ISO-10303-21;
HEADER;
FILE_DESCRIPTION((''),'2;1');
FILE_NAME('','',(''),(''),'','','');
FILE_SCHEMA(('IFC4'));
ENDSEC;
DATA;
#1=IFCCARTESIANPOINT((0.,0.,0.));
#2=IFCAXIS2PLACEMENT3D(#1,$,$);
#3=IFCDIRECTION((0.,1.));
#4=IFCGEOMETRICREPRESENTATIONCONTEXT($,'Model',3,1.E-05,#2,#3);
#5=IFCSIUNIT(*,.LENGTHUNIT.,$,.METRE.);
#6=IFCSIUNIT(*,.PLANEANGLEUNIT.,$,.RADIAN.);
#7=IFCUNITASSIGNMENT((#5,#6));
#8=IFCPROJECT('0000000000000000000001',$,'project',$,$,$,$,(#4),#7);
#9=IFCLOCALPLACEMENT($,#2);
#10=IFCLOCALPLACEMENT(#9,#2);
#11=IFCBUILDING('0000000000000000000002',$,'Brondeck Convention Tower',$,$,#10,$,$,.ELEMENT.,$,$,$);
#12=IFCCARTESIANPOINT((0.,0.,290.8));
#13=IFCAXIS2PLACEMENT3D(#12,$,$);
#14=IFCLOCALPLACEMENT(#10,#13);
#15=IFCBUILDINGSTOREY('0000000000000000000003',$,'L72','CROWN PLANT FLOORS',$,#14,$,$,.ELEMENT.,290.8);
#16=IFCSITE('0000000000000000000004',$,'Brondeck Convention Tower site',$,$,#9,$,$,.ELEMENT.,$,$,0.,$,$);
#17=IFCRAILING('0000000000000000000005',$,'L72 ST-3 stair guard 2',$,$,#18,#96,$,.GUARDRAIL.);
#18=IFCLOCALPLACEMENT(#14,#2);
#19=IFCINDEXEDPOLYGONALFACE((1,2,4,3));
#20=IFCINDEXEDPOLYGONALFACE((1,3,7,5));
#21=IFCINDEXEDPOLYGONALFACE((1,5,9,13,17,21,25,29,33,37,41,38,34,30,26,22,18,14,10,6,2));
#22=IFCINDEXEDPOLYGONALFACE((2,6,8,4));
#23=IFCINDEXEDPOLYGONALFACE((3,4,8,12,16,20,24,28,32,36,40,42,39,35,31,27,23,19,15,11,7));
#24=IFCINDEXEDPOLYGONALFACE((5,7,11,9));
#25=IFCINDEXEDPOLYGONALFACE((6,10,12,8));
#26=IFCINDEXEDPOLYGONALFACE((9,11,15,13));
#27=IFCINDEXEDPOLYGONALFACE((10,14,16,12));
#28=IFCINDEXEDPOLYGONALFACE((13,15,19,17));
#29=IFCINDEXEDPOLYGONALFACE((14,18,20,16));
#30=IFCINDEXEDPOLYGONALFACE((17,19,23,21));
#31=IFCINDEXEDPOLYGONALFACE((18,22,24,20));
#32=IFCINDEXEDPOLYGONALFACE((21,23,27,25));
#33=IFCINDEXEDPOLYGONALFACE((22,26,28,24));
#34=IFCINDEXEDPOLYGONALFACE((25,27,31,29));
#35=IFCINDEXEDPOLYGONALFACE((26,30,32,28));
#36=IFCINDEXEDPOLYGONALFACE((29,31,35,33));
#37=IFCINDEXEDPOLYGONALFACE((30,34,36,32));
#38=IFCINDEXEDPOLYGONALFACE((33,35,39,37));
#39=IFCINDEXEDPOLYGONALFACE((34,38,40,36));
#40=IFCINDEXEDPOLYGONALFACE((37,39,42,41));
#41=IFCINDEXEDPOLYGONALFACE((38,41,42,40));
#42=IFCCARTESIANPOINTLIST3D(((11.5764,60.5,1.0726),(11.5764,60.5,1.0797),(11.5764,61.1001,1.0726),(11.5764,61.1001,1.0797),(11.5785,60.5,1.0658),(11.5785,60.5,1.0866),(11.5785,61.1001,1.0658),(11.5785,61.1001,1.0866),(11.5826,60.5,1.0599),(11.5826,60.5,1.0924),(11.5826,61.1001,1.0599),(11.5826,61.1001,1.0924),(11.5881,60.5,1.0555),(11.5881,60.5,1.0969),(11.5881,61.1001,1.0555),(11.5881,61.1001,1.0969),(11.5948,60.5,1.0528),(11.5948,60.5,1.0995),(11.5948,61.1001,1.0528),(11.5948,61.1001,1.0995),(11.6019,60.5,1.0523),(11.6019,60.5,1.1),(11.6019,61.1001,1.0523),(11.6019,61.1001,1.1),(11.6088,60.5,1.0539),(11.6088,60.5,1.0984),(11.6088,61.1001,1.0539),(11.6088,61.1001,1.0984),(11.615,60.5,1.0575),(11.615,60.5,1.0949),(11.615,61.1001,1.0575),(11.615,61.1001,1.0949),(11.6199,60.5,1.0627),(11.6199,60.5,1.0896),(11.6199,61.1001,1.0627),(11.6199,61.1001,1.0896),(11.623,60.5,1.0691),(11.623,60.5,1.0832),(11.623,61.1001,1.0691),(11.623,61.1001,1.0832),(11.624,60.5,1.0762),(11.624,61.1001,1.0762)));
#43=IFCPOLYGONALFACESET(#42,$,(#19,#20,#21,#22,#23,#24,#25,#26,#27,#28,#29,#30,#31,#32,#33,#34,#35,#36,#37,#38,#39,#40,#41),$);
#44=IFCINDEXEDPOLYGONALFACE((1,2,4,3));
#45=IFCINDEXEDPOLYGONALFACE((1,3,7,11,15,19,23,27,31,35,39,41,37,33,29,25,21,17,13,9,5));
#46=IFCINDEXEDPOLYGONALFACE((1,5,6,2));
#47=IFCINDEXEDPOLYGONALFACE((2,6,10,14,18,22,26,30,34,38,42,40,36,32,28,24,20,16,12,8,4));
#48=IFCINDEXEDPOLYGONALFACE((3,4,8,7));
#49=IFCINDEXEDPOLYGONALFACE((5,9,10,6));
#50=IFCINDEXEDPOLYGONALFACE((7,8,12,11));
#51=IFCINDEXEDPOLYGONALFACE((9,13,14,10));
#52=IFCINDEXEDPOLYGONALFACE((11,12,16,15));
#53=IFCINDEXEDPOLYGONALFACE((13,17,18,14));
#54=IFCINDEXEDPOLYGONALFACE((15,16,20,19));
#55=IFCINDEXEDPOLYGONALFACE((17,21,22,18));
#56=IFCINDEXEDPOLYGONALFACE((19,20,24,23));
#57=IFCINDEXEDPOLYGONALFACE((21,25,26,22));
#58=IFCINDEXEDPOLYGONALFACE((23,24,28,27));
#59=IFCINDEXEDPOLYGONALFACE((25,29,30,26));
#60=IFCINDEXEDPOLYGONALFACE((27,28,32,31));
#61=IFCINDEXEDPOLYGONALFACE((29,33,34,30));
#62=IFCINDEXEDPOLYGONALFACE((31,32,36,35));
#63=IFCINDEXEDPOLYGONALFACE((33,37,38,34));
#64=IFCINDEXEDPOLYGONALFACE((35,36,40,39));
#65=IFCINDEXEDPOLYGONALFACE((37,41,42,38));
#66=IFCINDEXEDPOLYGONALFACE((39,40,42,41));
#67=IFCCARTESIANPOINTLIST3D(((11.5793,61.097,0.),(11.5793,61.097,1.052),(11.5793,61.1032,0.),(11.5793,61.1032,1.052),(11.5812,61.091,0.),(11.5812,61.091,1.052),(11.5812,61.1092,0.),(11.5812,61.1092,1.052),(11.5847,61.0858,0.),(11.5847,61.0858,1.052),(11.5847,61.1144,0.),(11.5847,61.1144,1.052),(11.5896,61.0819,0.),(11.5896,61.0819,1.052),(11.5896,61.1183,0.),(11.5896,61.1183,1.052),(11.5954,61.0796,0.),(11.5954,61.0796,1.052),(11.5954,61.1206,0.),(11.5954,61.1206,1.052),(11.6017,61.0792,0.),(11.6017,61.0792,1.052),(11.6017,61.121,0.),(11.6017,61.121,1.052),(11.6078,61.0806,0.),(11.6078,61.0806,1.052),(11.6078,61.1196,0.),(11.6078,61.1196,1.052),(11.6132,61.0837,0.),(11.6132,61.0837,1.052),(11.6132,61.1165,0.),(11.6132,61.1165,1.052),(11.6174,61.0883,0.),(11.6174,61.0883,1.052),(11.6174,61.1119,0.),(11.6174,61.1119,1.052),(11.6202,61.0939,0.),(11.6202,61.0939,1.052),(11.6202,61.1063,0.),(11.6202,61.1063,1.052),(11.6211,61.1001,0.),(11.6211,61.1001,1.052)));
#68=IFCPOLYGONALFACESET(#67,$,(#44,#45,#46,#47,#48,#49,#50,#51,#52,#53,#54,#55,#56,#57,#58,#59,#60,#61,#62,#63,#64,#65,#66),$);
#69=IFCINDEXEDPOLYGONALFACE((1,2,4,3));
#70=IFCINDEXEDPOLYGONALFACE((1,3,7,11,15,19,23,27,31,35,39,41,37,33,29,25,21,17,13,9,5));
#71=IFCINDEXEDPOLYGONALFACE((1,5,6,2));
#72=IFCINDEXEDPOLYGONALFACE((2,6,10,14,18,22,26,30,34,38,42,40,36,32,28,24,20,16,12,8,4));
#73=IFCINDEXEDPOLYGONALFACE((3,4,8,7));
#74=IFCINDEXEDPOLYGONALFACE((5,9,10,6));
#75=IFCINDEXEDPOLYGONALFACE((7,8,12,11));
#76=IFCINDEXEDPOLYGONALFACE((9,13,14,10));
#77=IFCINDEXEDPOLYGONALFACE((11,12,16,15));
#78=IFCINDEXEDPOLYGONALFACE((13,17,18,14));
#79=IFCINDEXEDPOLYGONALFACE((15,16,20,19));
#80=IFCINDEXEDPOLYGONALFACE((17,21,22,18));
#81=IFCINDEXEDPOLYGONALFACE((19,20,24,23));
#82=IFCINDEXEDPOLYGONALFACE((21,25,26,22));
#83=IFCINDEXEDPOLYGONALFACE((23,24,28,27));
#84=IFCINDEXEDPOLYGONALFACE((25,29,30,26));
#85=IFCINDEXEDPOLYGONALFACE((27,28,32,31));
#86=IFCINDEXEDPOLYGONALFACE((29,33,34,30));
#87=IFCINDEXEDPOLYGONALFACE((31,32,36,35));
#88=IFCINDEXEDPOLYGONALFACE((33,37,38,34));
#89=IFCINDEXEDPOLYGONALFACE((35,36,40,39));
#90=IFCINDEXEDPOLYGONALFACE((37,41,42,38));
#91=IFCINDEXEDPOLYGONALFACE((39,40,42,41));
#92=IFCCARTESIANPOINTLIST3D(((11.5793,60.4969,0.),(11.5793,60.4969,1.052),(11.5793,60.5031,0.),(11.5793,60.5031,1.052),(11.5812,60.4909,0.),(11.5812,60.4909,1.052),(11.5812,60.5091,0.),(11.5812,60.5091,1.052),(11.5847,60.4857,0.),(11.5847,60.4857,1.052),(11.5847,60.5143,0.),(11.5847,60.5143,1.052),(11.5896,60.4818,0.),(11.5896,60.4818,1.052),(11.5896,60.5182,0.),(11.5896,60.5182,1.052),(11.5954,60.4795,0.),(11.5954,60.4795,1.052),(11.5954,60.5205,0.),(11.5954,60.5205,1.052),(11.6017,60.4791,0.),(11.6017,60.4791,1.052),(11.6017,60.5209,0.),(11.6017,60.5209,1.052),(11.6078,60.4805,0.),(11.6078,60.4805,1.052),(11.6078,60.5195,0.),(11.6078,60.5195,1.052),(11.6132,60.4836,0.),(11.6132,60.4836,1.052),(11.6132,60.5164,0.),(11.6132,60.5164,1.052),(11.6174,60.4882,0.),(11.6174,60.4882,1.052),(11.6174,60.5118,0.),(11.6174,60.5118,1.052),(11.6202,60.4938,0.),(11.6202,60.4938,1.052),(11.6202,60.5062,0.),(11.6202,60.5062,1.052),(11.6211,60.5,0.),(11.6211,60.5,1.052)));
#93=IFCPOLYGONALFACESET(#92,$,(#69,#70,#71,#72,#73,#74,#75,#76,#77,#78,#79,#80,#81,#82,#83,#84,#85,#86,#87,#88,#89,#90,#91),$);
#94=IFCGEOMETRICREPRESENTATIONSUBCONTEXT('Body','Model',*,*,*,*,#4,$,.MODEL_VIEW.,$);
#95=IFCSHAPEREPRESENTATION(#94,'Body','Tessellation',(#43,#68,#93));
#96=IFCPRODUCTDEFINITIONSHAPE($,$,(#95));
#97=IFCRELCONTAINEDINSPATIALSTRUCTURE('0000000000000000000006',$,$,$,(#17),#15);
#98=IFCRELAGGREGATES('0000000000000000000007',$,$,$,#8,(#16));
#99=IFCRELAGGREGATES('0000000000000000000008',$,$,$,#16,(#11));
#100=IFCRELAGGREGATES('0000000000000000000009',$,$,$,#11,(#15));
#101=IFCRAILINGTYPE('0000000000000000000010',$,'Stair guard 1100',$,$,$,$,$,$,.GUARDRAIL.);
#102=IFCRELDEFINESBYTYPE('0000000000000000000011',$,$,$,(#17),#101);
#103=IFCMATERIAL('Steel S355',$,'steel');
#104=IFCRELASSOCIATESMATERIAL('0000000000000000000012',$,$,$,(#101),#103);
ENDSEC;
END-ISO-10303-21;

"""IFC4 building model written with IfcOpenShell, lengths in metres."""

from ifc_helpers import new_model, si_unit, direction, frame, origin, origin_2d, place, context, subcontext, project, spatial, circle, extrude, material, type_object, element, save


model = new_model("IFC4")

# Units and contexts
model_context = context("Model", 3, precision=1e-05, world=origin(), true_north=direction((0.0, 1.0)))
body_context = subcontext(model_context, "Body", "Model", "MODEL_VIEW")
ifc_project = project(units=[si_unit("LENGTHUNIT", "METRE"), si_unit("PLANEANGLEUNIT", "RADIAN")], contexts=[model_context])

# Site, building, storey
site_placement = place(None, origin())
site = spatial("IfcSite", under=ifc_project, at=site_placement, Name="Brondeck Convention Tower site", CompositionType="ELEMENT", RefElevation=0.0)
building_placement = place(site_placement, origin())
building = spatial("IfcBuilding", under=site, at=building_placement, Name="Brondeck Convention Tower", CompositionType="ELEMENT")
storey_placement = place(building_placement, frame((0.0, 0.0, 290.8)))
storey = spatial("IfcBuildingStorey", under=building, at=storey_placement, Name="L72", Description="CROWN PLANT FLOORS", CompositionType="ELEMENT", Elevation=290.8)

# Railing
ifc_material_1 = material(Name="Steel S355", Category="steel")
railing_type_1 = type_object("IfcRailingType", Name="Stair guard 1100", PredefinedType="GUARDRAIL", material=ifc_material_1)
railing_1_placement = place(storey_placement, frame((11.6001, 61.1001, 0.0)))
element("IfcRailing", 1, at=railing_1_placement, inside=storey, type_object=railing_type_1, Name="L72 ST-3 stair guard 2", PredefinedType="GUARDRAIL", context=body_context, shape_type="SweptSolid", body=[
    extrude(circle(Radius=0.0239, at=origin_2d()), frame((0.0, 0.0, 1.0762), z_axis=(0.0, -1.0, 0.0), x_axis=(1.0, 0.0, 0.0)), (0.0, 0.0, 1.0), 0.6001),
    extrude(circle(Radius=0.021, at=origin_2d()), origin(), (0.0, 0.0, 1.0), 1.052),
    extrude(circle(Radius=0.021, at=origin_2d()), frame((0.0, -0.6001, 0.0)), (0.0, 0.0, 1.0), 1.052),
])

save(model, "model.ifc")
